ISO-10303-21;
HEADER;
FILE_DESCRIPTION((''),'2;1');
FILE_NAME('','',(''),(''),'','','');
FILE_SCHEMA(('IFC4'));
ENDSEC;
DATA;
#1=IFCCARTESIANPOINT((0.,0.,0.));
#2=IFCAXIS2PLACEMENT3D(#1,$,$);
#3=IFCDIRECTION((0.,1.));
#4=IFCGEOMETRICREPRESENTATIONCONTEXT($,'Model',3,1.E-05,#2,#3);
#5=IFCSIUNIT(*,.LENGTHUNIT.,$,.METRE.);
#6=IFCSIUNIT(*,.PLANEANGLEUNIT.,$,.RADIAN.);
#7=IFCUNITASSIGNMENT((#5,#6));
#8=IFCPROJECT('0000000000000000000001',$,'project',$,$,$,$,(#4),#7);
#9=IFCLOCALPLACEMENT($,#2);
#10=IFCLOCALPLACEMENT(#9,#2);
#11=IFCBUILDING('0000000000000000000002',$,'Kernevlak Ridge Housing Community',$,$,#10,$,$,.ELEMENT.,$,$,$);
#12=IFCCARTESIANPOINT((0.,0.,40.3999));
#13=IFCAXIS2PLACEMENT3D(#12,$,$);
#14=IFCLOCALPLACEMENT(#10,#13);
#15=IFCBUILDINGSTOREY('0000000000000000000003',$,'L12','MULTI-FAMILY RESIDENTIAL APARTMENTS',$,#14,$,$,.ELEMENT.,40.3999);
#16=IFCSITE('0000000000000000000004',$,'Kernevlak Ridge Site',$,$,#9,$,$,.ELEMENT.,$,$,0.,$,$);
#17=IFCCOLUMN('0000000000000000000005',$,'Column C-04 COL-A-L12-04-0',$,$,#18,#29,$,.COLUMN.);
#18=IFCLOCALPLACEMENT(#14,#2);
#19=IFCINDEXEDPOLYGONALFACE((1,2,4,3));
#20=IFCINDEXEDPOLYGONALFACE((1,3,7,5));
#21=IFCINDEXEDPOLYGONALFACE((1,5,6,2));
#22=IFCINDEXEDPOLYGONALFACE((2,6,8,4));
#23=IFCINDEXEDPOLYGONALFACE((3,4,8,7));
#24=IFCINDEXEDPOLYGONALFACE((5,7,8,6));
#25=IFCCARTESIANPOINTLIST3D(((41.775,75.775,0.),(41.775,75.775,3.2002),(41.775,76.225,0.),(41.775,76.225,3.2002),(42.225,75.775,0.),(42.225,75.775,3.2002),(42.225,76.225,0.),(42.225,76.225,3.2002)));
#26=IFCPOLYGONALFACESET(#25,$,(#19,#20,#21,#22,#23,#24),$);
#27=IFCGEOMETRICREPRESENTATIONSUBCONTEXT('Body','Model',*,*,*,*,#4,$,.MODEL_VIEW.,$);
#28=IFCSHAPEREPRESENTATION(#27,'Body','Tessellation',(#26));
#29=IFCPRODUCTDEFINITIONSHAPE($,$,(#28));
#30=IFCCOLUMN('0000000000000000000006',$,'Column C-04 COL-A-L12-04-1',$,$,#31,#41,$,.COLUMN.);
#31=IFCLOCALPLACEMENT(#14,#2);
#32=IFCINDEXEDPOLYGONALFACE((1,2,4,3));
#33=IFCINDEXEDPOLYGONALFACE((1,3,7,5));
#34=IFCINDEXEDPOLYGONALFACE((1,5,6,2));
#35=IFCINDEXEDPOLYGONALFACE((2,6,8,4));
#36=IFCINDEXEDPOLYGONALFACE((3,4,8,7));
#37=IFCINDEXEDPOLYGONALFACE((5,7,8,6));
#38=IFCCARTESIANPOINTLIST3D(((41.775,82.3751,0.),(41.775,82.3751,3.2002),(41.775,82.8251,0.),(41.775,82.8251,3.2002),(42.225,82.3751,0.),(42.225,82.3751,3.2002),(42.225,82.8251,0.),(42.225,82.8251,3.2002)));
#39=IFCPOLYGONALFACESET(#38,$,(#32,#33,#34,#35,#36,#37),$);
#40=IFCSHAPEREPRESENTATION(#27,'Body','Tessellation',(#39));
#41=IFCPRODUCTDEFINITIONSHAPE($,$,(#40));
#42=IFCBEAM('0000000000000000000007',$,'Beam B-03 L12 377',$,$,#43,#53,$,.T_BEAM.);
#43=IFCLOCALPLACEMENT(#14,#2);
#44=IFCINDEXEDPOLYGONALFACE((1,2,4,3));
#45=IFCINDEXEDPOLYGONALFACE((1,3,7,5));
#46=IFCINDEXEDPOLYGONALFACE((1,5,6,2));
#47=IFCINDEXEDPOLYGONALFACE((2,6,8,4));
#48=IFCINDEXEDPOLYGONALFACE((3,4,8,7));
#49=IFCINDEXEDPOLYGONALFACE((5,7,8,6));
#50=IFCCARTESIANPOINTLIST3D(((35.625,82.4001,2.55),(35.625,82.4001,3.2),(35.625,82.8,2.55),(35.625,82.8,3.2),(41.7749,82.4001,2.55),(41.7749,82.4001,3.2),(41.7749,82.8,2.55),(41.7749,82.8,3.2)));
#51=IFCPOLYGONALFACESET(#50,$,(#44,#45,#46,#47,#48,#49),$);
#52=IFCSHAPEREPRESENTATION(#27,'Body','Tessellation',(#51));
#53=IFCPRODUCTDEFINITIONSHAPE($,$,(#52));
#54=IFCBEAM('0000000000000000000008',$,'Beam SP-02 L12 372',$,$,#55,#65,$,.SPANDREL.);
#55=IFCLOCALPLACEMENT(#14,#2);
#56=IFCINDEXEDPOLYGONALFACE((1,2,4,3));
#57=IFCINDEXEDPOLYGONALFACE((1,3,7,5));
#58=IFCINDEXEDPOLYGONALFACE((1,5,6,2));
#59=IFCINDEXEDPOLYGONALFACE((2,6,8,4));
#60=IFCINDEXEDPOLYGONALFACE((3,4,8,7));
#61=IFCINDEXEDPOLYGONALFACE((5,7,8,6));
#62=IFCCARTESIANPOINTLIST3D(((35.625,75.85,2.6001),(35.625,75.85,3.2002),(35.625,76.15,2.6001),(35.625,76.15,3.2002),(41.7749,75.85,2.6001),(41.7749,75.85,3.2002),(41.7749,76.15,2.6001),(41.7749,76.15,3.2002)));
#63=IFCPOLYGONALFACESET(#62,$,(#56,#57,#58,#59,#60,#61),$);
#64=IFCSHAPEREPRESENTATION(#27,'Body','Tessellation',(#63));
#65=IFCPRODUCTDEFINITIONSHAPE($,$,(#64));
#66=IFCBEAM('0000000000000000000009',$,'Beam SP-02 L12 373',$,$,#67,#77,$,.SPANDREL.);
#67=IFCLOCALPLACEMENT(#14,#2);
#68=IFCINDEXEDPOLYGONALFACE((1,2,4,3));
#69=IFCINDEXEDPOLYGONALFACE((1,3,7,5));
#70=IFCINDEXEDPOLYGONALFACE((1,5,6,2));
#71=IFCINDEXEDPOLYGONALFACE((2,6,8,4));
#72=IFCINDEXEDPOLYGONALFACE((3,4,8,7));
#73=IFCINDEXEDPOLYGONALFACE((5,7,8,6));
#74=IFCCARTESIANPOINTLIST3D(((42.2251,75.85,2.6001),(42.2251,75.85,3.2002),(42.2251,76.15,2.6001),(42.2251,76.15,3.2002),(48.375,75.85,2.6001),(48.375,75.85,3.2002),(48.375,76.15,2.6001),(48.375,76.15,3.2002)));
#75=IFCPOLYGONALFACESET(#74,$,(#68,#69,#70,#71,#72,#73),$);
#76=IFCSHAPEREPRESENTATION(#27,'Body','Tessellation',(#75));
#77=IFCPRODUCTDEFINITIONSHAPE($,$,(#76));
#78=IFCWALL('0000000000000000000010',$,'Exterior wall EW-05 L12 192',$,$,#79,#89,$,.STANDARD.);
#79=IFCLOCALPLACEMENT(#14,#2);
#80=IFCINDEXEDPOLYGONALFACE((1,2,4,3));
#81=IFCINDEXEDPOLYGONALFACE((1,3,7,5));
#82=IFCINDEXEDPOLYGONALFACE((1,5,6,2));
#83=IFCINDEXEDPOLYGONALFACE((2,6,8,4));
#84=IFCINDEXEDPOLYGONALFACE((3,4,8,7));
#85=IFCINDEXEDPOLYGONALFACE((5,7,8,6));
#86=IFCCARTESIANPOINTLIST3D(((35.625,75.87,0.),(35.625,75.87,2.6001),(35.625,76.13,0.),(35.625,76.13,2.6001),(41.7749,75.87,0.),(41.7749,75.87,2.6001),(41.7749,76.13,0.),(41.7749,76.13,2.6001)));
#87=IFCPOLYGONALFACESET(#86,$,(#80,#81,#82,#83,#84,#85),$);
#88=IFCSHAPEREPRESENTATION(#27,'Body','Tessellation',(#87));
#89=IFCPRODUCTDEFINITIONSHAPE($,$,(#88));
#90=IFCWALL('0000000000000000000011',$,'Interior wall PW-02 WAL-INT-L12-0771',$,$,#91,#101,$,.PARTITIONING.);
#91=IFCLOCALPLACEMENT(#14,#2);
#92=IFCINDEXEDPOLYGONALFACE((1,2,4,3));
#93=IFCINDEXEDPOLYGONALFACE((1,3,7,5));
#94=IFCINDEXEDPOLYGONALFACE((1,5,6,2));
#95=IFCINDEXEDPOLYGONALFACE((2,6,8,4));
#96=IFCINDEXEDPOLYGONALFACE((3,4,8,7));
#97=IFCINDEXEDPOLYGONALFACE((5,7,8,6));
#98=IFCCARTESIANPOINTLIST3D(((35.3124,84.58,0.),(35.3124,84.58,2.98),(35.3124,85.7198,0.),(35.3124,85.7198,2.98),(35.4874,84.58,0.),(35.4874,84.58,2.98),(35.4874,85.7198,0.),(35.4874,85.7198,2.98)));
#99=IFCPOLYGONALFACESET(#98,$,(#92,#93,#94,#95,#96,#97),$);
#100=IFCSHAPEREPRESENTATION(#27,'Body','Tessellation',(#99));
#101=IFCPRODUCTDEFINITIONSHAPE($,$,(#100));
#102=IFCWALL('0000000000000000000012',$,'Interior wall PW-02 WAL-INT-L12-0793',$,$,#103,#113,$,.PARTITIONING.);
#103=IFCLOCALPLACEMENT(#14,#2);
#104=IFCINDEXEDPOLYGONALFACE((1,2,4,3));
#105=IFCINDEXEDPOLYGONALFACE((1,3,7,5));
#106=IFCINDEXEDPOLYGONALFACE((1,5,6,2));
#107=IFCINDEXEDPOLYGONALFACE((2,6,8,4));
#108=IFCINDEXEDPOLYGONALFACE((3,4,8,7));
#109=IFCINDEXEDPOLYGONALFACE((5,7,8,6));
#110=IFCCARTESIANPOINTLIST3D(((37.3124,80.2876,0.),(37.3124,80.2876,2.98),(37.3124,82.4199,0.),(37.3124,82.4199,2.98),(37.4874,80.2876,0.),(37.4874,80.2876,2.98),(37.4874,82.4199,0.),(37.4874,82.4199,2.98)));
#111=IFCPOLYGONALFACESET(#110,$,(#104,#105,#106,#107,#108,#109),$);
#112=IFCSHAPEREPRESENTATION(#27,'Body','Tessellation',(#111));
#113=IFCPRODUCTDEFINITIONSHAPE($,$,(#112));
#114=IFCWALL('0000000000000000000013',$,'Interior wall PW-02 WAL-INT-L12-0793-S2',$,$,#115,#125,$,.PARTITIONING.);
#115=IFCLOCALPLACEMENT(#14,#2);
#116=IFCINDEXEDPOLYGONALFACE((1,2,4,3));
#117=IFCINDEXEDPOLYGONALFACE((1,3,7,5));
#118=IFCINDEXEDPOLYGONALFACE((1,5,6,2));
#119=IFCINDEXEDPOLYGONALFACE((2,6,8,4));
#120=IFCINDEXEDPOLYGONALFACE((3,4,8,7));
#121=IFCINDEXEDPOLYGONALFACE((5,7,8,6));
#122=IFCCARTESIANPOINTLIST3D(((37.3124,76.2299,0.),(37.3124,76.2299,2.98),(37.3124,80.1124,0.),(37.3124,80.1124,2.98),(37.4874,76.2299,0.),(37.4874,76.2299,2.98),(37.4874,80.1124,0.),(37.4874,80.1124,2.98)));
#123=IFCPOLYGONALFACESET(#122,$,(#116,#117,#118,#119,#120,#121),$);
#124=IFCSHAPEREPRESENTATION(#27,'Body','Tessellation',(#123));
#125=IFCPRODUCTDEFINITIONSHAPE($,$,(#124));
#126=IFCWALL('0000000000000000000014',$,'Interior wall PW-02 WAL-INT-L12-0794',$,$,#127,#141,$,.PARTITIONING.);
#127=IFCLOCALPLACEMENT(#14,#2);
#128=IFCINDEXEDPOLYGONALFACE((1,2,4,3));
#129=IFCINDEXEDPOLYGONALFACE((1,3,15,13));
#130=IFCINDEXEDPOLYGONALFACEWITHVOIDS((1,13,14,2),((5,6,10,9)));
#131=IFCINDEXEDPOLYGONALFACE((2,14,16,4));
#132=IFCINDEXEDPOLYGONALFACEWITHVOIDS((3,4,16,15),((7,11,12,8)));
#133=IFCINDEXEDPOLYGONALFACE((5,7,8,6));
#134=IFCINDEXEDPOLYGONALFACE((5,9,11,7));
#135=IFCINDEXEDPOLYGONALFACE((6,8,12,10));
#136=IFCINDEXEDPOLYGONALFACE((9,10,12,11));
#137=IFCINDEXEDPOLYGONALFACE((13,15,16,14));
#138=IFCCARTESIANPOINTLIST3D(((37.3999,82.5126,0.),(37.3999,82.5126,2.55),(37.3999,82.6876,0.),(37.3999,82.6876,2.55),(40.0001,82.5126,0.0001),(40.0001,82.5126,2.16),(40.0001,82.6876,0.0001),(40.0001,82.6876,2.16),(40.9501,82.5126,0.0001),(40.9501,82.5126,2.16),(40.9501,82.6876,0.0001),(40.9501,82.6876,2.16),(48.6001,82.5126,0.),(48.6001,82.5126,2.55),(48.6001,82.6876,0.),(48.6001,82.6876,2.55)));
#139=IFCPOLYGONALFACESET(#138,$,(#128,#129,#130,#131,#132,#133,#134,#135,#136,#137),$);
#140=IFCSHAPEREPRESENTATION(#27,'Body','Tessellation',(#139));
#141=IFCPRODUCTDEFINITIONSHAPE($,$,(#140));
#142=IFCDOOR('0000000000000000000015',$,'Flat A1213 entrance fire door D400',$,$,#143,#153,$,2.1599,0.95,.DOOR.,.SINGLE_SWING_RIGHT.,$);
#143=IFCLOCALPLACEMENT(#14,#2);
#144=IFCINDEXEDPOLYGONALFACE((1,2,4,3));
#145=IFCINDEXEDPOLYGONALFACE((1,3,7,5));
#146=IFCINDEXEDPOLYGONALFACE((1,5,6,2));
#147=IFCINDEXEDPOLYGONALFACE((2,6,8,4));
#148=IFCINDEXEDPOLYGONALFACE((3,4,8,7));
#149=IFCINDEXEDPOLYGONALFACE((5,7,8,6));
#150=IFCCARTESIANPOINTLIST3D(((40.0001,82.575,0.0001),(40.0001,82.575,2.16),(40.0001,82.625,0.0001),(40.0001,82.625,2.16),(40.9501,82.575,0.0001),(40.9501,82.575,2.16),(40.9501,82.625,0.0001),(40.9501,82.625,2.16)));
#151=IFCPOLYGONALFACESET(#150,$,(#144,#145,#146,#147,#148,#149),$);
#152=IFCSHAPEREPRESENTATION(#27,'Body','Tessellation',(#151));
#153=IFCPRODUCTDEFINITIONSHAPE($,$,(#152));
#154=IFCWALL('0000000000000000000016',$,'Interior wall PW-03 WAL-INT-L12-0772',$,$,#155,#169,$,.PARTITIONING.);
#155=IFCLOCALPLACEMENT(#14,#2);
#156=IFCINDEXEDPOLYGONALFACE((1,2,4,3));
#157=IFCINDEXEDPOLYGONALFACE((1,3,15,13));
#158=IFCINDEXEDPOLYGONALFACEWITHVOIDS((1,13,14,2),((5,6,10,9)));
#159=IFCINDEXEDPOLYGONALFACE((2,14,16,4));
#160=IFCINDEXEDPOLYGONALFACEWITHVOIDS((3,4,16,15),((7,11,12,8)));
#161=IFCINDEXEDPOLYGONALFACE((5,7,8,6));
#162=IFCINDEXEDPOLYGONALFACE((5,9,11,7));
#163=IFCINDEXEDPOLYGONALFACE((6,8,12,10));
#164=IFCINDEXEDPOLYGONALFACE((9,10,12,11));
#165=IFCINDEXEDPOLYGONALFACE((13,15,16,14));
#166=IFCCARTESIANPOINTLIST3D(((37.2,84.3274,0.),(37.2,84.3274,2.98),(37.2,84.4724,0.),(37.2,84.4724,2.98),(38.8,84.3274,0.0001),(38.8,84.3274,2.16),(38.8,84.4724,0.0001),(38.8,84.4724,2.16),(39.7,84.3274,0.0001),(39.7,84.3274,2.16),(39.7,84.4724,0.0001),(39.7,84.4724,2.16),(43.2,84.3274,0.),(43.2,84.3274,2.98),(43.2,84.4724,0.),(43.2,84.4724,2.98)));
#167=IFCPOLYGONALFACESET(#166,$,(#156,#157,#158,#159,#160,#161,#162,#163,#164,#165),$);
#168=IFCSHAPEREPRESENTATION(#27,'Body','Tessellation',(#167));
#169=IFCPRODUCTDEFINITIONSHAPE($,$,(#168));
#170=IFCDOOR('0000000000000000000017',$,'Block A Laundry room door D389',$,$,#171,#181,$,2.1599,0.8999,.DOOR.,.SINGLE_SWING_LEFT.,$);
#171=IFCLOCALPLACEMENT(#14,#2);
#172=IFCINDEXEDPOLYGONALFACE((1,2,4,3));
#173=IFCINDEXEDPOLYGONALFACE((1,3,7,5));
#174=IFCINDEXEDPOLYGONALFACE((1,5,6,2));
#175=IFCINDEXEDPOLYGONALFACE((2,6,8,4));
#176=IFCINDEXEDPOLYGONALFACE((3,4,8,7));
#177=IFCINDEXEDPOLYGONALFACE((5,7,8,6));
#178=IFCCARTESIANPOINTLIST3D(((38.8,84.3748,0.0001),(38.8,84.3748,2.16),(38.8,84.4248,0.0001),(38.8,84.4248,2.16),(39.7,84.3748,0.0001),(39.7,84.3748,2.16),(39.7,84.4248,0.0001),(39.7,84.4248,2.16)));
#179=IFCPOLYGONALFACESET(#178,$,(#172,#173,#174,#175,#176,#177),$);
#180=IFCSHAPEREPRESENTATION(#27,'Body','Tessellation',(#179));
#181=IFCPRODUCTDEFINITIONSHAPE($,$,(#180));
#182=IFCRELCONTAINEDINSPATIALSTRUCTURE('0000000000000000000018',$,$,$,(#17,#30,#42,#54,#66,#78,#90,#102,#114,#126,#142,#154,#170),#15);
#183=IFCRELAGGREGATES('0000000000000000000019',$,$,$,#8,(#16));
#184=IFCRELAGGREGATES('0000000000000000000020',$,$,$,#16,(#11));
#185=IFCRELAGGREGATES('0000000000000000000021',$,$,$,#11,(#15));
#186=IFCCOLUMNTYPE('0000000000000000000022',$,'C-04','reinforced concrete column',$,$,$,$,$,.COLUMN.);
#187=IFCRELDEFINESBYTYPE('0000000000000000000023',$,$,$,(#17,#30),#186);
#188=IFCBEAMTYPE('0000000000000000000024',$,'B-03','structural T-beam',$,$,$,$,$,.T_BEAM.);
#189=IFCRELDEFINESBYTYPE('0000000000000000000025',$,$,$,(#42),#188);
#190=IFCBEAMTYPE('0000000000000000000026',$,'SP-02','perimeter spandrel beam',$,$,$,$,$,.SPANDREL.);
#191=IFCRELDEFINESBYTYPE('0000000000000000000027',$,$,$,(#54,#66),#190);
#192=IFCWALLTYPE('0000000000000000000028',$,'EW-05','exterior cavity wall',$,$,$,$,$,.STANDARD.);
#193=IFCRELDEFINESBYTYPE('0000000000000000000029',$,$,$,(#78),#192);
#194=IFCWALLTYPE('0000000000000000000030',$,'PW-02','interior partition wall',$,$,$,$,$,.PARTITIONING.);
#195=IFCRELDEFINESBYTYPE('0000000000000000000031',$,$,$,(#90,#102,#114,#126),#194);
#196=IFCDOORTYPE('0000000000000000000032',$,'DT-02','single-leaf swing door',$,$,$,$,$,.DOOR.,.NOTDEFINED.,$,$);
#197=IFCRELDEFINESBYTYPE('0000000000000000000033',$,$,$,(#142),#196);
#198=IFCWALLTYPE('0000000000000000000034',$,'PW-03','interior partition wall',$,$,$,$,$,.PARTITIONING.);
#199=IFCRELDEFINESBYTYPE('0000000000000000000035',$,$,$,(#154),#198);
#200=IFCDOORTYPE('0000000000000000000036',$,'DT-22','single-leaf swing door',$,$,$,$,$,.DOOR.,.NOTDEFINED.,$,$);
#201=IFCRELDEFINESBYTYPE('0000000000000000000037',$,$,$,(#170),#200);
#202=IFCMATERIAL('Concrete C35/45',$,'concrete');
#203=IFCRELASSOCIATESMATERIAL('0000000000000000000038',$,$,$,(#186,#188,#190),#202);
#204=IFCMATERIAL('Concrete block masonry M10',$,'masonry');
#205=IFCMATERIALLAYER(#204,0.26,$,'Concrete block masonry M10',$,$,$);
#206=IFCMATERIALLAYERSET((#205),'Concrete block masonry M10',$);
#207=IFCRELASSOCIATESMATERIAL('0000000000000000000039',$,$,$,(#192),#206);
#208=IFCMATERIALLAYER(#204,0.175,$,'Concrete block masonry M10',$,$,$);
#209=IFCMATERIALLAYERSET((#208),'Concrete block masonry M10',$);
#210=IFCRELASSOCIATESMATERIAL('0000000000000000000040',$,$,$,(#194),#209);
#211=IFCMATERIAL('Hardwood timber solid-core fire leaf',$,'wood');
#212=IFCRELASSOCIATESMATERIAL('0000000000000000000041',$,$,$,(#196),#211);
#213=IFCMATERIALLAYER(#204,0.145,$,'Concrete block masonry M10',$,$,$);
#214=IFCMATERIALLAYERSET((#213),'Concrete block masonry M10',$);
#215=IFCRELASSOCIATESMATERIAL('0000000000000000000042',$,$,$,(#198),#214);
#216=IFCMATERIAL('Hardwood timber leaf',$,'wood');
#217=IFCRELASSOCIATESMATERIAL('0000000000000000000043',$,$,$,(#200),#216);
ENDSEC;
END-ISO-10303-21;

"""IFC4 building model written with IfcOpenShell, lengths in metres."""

from ifc_helpers import new_model, si_unit, direction, frame, frame_2d, origin, origin_2d, place, context, subcontext, project, spatial, rectangle, extrude, material, layer, layer_set, material_profile, profile_set, type_object, element, fill, save


model = new_model("IFC4")

# Units and contexts
model_context = context("Model", 3, precision=1e-05, world=origin(), true_north=direction((0.0, 1.0)))
body_context = subcontext(model_context, "Body", "Model", "MODEL_VIEW")
ifc_project = project(units=[si_unit("LENGTHUNIT", "METRE"), si_unit("PLANEANGLEUNIT", "RADIAN")], contexts=[model_context])

# Site, building, storey
site_placement = place(None, origin())
site = spatial("IfcSite", under=ifc_project, at=site_placement, Name="Kernevlak Ridge Site", CompositionType="ELEMENT", RefElevation=0.0)
building_placement = place(site_placement, origin())
building = spatial("IfcBuilding", under=site, at=building_placement, Name="Kernevlak Ridge Housing Community", CompositionType="ELEMENT")
storey_placement = place(building_placement, frame((0.0, 0.0, 40.3999)))
storey = spatial("IfcBuildingStorey", under=building, at=storey_placement, Name="L12", Description="MULTI-FAMILY RESIDENTIAL APARTMENTS", CompositionType="ELEMENT", Elevation=40.3999)

# Columns
ifc_material_1 = material(Name="Concrete C35/45", Category="concrete")
ifc_material_profile_1 = material_profile(ifc_material_1, rectangle(XDim=0.45, YDim=0.45, at=origin_2d()), Name="RC 450x450")
ifc_profile_set_1 = profile_set([ifc_material_profile_1], Name="Concrete C35/45")
column_type = type_object("IfcColumnType", Name="C-04", Description="reinforced concrete column", PredefinedType="COLUMN", material=ifc_profile_set_1)
for number, where, z_axis, x_axis, name in (
    (1, (42.0, 76.0, 0.0), (0.0, 0.0, 1.0), (1.0, 0.0, 0.0), "Column C-04 COL-A-L12-04-0"),
    (2, (42.0, 82.6001, 0.0), (0.0, 0.0, 1.0), (1.0, 0.0, 0.0), "Column C-04 COL-A-L12-04-1"),
):
    element("IfcColumn", number, at=place(storey_placement, frame(where, z_axis=z_axis, x_axis=x_axis)), inside=storey, type_object=column_type, Name=name, PredefinedType="COLUMN", context=body_context, shape_type="SweptSolid", body=[
        extrude(rectangle(XDim=0.45, YDim=0.45, at=origin_2d()), origin(), (0.0, 0.0, 1.0), 3.2002),
    ])

# Beams
ifc_material_profile_2 = material_profile(ifc_material_1, rectangle(XDim=0.3999, YDim=0.6499, at=origin_2d()), Name="RC 400x650")
ifc_profile_set_2 = profile_set([ifc_material_profile_2], Name="Concrete C35/45")
beam_type_1 = type_object("IfcBeamType", Name="B-03", Description="structural T-beam", PredefinedType="T_BEAM", material=ifc_profile_set_2)
beam_placement = place(storey_placement, frame((35.625, 82.6001, 2.875), z_axis=(1.0, 0.0, 0.0), x_axis=(0.0, 1.0, 0.0)))
element("IfcBeam", 3, at=beam_placement, inside=storey, type_object=beam_type_1, Name="Beam B-03 L12 377", PredefinedType="T_BEAM", context=body_context, shape_type="SweptSolid", body=[
    extrude(rectangle(XDim=0.3999, YDim=0.6499, at=origin_2d()), origin(), (0.0, 0.0, 1.0), 6.1499),
])
ifc_material_profile_3 = material_profile(ifc_material_1, rectangle(XDim=0.3, YDim=0.6001, at=origin_2d()), Name="RC 300x600")
ifc_profile_set_3 = profile_set([ifc_material_profile_3], Name="Concrete C35/45")
beam_type_2 = type_object("IfcBeamType", Name="SP-02", Description="perimeter spandrel beam", PredefinedType="SPANDREL", material=ifc_profile_set_3)
for number, where, z_axis, x_axis, name in (
    (4, (35.625, 76.0, 2.9001), (1.0, 0.0, 0.0), (0.0, 1.0, 0.0), "Beam SP-02 L12 372"),
    (5, (42.2251, 76.0, 2.9001), (1.0, 0.0, 0.0), (0.0, 1.0, 0.0), "Beam SP-02 L12 373"),
):
    element("IfcBeam", number, at=place(storey_placement, frame(where, z_axis=z_axis, x_axis=x_axis)), inside=storey, type_object=beam_type_2, Name=name, PredefinedType="SPANDREL", context=body_context, shape_type="SweptSolid", body=[
        extrude(rectangle(XDim=0.3, YDim=0.6001, at=origin_2d()), origin(), (0.0, 0.0, 1.0), 6.1499),
    ])

# Walls
ifc_material_2 = material(Name="Concrete block masonry M10", Category="masonry")
ifc_layer_1 = layer(ifc_material_2, 0.26, Name="Concrete block masonry M10")
ifc_layer_set_1 = layer_set([ifc_layer_1], Name="Concrete block masonry M10")
wall_type_1 = type_object("IfcWallType", Name="EW-05", Description="exterior cavity wall", PredefinedType="STANDARD", material=ifc_layer_set_1)
wall_1_placement = place(storey_placement, frame((35.625, 76.0, 0.0), z_axis=(0.0, 0.0, 1.0), x_axis=(1.0, 0.0, 0.0)))
element("IfcWall", 6, at=wall_1_placement, inside=storey, type_object=wall_type_1, Name="Exterior wall EW-05 L12 192", PredefinedType="STANDARD", context=body_context, shape_type="SweptSolid", body=[
    extrude(rectangle(XDim=6.1499, YDim=0.26, at=frame_2d((3.075, 0.0))), origin(), (0.0, 0.0, 1.0), 2.6001),
])
ifc_layer_2 = layer(ifc_material_2, 0.175, Name="Concrete block masonry M10")
ifc_layer_set_2 = layer_set([ifc_layer_2], Name="Concrete block masonry M10")
wall_type_2 = type_object("IfcWallType", Name="PW-02", Description="interior partition wall", PredefinedType="PARTITIONING", material=ifc_layer_set_2)
wall_2_placement = place(storey_placement, frame((35.3999, 84.5801, 0.0), z_axis=(0.0, 0.0, 1.0), x_axis=(0.0, 1.0, 0.0)))
element("IfcWall", 7, at=wall_2_placement, inside=storey, type_object=wall_type_2, Name="Interior wall PW-02 WAL-INT-L12-0771", PredefinedType="PARTITIONING", context=body_context, shape_type="SweptSolid", body=[
    extrude(rectangle(XDim=1.1399, YDim=0.175, at=frame_2d((0.5698, 0.0))), origin(), (0.0, 0.0, 1.0), 2.98),
])
wall_3_placement = place(storey_placement, frame((37.3999, 82.4199, 0.0), z_axis=(0.0, 0.0, 1.0), x_axis=(0.0, -1.0, 0.0)))
element("IfcWall", 8, at=wall_3_placement, inside=storey, type_object=wall_type_2, Name="Interior wall PW-02 WAL-INT-L12-0793", PredefinedType="PARTITIONING", context=body_context, shape_type="SweptSolid", body=[
    extrude(rectangle(XDim=2.1323, YDim=0.175, at=frame_2d((1.0662, 0.0))), origin(), (0.0, 0.0, 1.0), 2.98),
])
wall_4_placement = place(storey_placement, frame((37.3999, 80.1125, 0.0), z_axis=(0.0, 0.0, 1.0), x_axis=(0.0, -1.0, 0.0)))
element("IfcWall", 9, at=wall_4_placement, inside=storey, type_object=wall_type_2, Name="Interior wall PW-02 WAL-INT-L12-0793-S2", PredefinedType="PARTITIONING", context=body_context, shape_type="SweptSolid", body=[
    extrude(rectangle(XDim=3.8826, YDim=0.175, at=frame_2d((1.9414, 0.0))), origin(), (0.0, 0.0, 1.0), 2.98),
])

# Walls, openings, doors
wall_5_placement = place(storey_placement, frame((37.3999, 82.6001, 0.0), z_axis=(0.0, 0.0, 1.0), x_axis=(1.0, 0.0, 0.0)))
wall_5 = element("IfcWall", 10, at=wall_5_placement, inside=storey, type_object=wall_type_2, Name="Interior wall PW-02 WAL-INT-L12-0794", PredefinedType="PARTITIONING", context=body_context, shape_type="SweptSolid", body=[
    extrude(rectangle(XDim=11.2002, YDim=0.175, at=frame_2d((5.6001, 0.0))), origin(), (0.0, 0.0, 1.0), 2.55),
])
opening_1_placement = place(wall_5_placement, frame((2.6001, 0.0, 0.0)))
opening_1 = element("IfcOpeningElement", 11, at=opening_1_placement, cuts=wall_5, PredefinedType="OPENING", context=body_context, shape_type="SweptSolid", body=[
    extrude(rectangle(XDim=0.95, YDim=2.1599, at=frame_2d((0.4751, 1.0801))), frame((0.0, 0.0974, 0.0), z_axis=(0.0, -1.0, 0.0), x_axis=(1.0, 0.0, 0.0)), (0.0, 0.0, 1.0), 0.1951),
])
ifc_material_3 = material(Name="Hardwood timber solid-core fire leaf", Category="wood")
door_type_1 = type_object("IfcDoorType", Name="DT-02", Description="single-leaf swing door", OperationType="NOTDEFINED", PredefinedType="DOOR", material=ifc_material_3)
door_1_placement = place(opening_1_placement, origin())
door_1 = element("IfcDoor", 12, at=door_1_placement, inside=storey, type_object=door_type_1, Name="Flat A1213 entrance fire door D400", OperationType="SINGLE_SWING_RIGHT", OverallHeight=2.1599, OverallWidth=0.95, PredefinedType="DOOR", context=body_context, shape_type="SweptSolid", body=[
    extrude(rectangle(XDim=0.95, YDim=2.1599, at=frame_2d((0.4751, 1.0801))), frame((0.0, 0.0249, 0.0), z_axis=(0.0, -1.0, 0.0), x_axis=(1.0, 0.0, 0.0)), (0.0, 0.0, 1.0), 0.05),
])
fill(opening_1, door_1)
ifc_layer_3 = layer(ifc_material_2, 0.145, Name="Concrete block masonry M10")
ifc_layer_set_3 = layer_set([ifc_layer_3], Name="Concrete block masonry M10")
wall_type_3 = type_object("IfcWallType", Name="PW-03", Description="interior partition wall", PredefinedType="PARTITIONING", material=ifc_layer_set_3)
wall_6_placement = place(storey_placement, frame((37.2, 84.3999, 0.0), z_axis=(0.0, 0.0, 1.0), x_axis=(1.0, 0.0, 0.0)))
wall_6 = element("IfcWall", 13, at=wall_6_placement, inside=storey, type_object=wall_type_3, Name="Interior wall PW-03 WAL-INT-L12-0772", PredefinedType="PARTITIONING", context=body_context, shape_type="SweptSolid", body=[
    extrude(rectangle(XDim=6.0, YDim=0.145, at=frame_2d((3.0, 0.0))), origin(), (0.0, 0.0, 1.0), 2.98),
])
opening_2_placement = place(wall_6_placement, frame((1.6001, 0.0, 0.0)))
opening_2 = element("IfcOpeningElement", 14, at=opening_2_placement, cuts=wall_6, PredefinedType="OPENING", context=body_context, shape_type="SweptSolid", body=[
    extrude(rectangle(XDim=0.8999, YDim=2.1599, at=frame_2d((0.45, 1.0801))), frame((0.0, 0.0825, 0.0), z_axis=(0.0, -1.0, 0.0), x_axis=(1.0, 0.0, 0.0)), (0.0, 0.0, 1.0), 0.165),
])
ifc_material_4 = material(Name="Hardwood timber leaf", Category="wood")
door_type_2 = type_object("IfcDoorType", Name="DT-22", Description="single-leaf swing door", OperationType="NOTDEFINED", PredefinedType="DOOR", material=ifc_material_4)
door_2_placement = place(opening_2_placement, origin())
door_2 = element("IfcDoor", 15, at=door_2_placement, inside=storey, type_object=door_type_2, Name="Block A Laundry room door D389", OperationType="SINGLE_SWING_LEFT", OverallHeight=2.1599, OverallWidth=0.8999, PredefinedType="DOOR", context=body_context, shape_type="SweptSolid", body=[
    extrude(rectangle(XDim=0.8999, YDim=2.1599, at=frame_2d((0.45, 1.0801))), frame((0.0, 0.0249, 0.0), z_axis=(0.0, -1.0, 0.0), x_axis=(1.0, 0.0, 0.0)), (0.0, 0.0, 1.0), 0.05),
])
fill(opening_2, door_2)

save(model, "model.ifc")
